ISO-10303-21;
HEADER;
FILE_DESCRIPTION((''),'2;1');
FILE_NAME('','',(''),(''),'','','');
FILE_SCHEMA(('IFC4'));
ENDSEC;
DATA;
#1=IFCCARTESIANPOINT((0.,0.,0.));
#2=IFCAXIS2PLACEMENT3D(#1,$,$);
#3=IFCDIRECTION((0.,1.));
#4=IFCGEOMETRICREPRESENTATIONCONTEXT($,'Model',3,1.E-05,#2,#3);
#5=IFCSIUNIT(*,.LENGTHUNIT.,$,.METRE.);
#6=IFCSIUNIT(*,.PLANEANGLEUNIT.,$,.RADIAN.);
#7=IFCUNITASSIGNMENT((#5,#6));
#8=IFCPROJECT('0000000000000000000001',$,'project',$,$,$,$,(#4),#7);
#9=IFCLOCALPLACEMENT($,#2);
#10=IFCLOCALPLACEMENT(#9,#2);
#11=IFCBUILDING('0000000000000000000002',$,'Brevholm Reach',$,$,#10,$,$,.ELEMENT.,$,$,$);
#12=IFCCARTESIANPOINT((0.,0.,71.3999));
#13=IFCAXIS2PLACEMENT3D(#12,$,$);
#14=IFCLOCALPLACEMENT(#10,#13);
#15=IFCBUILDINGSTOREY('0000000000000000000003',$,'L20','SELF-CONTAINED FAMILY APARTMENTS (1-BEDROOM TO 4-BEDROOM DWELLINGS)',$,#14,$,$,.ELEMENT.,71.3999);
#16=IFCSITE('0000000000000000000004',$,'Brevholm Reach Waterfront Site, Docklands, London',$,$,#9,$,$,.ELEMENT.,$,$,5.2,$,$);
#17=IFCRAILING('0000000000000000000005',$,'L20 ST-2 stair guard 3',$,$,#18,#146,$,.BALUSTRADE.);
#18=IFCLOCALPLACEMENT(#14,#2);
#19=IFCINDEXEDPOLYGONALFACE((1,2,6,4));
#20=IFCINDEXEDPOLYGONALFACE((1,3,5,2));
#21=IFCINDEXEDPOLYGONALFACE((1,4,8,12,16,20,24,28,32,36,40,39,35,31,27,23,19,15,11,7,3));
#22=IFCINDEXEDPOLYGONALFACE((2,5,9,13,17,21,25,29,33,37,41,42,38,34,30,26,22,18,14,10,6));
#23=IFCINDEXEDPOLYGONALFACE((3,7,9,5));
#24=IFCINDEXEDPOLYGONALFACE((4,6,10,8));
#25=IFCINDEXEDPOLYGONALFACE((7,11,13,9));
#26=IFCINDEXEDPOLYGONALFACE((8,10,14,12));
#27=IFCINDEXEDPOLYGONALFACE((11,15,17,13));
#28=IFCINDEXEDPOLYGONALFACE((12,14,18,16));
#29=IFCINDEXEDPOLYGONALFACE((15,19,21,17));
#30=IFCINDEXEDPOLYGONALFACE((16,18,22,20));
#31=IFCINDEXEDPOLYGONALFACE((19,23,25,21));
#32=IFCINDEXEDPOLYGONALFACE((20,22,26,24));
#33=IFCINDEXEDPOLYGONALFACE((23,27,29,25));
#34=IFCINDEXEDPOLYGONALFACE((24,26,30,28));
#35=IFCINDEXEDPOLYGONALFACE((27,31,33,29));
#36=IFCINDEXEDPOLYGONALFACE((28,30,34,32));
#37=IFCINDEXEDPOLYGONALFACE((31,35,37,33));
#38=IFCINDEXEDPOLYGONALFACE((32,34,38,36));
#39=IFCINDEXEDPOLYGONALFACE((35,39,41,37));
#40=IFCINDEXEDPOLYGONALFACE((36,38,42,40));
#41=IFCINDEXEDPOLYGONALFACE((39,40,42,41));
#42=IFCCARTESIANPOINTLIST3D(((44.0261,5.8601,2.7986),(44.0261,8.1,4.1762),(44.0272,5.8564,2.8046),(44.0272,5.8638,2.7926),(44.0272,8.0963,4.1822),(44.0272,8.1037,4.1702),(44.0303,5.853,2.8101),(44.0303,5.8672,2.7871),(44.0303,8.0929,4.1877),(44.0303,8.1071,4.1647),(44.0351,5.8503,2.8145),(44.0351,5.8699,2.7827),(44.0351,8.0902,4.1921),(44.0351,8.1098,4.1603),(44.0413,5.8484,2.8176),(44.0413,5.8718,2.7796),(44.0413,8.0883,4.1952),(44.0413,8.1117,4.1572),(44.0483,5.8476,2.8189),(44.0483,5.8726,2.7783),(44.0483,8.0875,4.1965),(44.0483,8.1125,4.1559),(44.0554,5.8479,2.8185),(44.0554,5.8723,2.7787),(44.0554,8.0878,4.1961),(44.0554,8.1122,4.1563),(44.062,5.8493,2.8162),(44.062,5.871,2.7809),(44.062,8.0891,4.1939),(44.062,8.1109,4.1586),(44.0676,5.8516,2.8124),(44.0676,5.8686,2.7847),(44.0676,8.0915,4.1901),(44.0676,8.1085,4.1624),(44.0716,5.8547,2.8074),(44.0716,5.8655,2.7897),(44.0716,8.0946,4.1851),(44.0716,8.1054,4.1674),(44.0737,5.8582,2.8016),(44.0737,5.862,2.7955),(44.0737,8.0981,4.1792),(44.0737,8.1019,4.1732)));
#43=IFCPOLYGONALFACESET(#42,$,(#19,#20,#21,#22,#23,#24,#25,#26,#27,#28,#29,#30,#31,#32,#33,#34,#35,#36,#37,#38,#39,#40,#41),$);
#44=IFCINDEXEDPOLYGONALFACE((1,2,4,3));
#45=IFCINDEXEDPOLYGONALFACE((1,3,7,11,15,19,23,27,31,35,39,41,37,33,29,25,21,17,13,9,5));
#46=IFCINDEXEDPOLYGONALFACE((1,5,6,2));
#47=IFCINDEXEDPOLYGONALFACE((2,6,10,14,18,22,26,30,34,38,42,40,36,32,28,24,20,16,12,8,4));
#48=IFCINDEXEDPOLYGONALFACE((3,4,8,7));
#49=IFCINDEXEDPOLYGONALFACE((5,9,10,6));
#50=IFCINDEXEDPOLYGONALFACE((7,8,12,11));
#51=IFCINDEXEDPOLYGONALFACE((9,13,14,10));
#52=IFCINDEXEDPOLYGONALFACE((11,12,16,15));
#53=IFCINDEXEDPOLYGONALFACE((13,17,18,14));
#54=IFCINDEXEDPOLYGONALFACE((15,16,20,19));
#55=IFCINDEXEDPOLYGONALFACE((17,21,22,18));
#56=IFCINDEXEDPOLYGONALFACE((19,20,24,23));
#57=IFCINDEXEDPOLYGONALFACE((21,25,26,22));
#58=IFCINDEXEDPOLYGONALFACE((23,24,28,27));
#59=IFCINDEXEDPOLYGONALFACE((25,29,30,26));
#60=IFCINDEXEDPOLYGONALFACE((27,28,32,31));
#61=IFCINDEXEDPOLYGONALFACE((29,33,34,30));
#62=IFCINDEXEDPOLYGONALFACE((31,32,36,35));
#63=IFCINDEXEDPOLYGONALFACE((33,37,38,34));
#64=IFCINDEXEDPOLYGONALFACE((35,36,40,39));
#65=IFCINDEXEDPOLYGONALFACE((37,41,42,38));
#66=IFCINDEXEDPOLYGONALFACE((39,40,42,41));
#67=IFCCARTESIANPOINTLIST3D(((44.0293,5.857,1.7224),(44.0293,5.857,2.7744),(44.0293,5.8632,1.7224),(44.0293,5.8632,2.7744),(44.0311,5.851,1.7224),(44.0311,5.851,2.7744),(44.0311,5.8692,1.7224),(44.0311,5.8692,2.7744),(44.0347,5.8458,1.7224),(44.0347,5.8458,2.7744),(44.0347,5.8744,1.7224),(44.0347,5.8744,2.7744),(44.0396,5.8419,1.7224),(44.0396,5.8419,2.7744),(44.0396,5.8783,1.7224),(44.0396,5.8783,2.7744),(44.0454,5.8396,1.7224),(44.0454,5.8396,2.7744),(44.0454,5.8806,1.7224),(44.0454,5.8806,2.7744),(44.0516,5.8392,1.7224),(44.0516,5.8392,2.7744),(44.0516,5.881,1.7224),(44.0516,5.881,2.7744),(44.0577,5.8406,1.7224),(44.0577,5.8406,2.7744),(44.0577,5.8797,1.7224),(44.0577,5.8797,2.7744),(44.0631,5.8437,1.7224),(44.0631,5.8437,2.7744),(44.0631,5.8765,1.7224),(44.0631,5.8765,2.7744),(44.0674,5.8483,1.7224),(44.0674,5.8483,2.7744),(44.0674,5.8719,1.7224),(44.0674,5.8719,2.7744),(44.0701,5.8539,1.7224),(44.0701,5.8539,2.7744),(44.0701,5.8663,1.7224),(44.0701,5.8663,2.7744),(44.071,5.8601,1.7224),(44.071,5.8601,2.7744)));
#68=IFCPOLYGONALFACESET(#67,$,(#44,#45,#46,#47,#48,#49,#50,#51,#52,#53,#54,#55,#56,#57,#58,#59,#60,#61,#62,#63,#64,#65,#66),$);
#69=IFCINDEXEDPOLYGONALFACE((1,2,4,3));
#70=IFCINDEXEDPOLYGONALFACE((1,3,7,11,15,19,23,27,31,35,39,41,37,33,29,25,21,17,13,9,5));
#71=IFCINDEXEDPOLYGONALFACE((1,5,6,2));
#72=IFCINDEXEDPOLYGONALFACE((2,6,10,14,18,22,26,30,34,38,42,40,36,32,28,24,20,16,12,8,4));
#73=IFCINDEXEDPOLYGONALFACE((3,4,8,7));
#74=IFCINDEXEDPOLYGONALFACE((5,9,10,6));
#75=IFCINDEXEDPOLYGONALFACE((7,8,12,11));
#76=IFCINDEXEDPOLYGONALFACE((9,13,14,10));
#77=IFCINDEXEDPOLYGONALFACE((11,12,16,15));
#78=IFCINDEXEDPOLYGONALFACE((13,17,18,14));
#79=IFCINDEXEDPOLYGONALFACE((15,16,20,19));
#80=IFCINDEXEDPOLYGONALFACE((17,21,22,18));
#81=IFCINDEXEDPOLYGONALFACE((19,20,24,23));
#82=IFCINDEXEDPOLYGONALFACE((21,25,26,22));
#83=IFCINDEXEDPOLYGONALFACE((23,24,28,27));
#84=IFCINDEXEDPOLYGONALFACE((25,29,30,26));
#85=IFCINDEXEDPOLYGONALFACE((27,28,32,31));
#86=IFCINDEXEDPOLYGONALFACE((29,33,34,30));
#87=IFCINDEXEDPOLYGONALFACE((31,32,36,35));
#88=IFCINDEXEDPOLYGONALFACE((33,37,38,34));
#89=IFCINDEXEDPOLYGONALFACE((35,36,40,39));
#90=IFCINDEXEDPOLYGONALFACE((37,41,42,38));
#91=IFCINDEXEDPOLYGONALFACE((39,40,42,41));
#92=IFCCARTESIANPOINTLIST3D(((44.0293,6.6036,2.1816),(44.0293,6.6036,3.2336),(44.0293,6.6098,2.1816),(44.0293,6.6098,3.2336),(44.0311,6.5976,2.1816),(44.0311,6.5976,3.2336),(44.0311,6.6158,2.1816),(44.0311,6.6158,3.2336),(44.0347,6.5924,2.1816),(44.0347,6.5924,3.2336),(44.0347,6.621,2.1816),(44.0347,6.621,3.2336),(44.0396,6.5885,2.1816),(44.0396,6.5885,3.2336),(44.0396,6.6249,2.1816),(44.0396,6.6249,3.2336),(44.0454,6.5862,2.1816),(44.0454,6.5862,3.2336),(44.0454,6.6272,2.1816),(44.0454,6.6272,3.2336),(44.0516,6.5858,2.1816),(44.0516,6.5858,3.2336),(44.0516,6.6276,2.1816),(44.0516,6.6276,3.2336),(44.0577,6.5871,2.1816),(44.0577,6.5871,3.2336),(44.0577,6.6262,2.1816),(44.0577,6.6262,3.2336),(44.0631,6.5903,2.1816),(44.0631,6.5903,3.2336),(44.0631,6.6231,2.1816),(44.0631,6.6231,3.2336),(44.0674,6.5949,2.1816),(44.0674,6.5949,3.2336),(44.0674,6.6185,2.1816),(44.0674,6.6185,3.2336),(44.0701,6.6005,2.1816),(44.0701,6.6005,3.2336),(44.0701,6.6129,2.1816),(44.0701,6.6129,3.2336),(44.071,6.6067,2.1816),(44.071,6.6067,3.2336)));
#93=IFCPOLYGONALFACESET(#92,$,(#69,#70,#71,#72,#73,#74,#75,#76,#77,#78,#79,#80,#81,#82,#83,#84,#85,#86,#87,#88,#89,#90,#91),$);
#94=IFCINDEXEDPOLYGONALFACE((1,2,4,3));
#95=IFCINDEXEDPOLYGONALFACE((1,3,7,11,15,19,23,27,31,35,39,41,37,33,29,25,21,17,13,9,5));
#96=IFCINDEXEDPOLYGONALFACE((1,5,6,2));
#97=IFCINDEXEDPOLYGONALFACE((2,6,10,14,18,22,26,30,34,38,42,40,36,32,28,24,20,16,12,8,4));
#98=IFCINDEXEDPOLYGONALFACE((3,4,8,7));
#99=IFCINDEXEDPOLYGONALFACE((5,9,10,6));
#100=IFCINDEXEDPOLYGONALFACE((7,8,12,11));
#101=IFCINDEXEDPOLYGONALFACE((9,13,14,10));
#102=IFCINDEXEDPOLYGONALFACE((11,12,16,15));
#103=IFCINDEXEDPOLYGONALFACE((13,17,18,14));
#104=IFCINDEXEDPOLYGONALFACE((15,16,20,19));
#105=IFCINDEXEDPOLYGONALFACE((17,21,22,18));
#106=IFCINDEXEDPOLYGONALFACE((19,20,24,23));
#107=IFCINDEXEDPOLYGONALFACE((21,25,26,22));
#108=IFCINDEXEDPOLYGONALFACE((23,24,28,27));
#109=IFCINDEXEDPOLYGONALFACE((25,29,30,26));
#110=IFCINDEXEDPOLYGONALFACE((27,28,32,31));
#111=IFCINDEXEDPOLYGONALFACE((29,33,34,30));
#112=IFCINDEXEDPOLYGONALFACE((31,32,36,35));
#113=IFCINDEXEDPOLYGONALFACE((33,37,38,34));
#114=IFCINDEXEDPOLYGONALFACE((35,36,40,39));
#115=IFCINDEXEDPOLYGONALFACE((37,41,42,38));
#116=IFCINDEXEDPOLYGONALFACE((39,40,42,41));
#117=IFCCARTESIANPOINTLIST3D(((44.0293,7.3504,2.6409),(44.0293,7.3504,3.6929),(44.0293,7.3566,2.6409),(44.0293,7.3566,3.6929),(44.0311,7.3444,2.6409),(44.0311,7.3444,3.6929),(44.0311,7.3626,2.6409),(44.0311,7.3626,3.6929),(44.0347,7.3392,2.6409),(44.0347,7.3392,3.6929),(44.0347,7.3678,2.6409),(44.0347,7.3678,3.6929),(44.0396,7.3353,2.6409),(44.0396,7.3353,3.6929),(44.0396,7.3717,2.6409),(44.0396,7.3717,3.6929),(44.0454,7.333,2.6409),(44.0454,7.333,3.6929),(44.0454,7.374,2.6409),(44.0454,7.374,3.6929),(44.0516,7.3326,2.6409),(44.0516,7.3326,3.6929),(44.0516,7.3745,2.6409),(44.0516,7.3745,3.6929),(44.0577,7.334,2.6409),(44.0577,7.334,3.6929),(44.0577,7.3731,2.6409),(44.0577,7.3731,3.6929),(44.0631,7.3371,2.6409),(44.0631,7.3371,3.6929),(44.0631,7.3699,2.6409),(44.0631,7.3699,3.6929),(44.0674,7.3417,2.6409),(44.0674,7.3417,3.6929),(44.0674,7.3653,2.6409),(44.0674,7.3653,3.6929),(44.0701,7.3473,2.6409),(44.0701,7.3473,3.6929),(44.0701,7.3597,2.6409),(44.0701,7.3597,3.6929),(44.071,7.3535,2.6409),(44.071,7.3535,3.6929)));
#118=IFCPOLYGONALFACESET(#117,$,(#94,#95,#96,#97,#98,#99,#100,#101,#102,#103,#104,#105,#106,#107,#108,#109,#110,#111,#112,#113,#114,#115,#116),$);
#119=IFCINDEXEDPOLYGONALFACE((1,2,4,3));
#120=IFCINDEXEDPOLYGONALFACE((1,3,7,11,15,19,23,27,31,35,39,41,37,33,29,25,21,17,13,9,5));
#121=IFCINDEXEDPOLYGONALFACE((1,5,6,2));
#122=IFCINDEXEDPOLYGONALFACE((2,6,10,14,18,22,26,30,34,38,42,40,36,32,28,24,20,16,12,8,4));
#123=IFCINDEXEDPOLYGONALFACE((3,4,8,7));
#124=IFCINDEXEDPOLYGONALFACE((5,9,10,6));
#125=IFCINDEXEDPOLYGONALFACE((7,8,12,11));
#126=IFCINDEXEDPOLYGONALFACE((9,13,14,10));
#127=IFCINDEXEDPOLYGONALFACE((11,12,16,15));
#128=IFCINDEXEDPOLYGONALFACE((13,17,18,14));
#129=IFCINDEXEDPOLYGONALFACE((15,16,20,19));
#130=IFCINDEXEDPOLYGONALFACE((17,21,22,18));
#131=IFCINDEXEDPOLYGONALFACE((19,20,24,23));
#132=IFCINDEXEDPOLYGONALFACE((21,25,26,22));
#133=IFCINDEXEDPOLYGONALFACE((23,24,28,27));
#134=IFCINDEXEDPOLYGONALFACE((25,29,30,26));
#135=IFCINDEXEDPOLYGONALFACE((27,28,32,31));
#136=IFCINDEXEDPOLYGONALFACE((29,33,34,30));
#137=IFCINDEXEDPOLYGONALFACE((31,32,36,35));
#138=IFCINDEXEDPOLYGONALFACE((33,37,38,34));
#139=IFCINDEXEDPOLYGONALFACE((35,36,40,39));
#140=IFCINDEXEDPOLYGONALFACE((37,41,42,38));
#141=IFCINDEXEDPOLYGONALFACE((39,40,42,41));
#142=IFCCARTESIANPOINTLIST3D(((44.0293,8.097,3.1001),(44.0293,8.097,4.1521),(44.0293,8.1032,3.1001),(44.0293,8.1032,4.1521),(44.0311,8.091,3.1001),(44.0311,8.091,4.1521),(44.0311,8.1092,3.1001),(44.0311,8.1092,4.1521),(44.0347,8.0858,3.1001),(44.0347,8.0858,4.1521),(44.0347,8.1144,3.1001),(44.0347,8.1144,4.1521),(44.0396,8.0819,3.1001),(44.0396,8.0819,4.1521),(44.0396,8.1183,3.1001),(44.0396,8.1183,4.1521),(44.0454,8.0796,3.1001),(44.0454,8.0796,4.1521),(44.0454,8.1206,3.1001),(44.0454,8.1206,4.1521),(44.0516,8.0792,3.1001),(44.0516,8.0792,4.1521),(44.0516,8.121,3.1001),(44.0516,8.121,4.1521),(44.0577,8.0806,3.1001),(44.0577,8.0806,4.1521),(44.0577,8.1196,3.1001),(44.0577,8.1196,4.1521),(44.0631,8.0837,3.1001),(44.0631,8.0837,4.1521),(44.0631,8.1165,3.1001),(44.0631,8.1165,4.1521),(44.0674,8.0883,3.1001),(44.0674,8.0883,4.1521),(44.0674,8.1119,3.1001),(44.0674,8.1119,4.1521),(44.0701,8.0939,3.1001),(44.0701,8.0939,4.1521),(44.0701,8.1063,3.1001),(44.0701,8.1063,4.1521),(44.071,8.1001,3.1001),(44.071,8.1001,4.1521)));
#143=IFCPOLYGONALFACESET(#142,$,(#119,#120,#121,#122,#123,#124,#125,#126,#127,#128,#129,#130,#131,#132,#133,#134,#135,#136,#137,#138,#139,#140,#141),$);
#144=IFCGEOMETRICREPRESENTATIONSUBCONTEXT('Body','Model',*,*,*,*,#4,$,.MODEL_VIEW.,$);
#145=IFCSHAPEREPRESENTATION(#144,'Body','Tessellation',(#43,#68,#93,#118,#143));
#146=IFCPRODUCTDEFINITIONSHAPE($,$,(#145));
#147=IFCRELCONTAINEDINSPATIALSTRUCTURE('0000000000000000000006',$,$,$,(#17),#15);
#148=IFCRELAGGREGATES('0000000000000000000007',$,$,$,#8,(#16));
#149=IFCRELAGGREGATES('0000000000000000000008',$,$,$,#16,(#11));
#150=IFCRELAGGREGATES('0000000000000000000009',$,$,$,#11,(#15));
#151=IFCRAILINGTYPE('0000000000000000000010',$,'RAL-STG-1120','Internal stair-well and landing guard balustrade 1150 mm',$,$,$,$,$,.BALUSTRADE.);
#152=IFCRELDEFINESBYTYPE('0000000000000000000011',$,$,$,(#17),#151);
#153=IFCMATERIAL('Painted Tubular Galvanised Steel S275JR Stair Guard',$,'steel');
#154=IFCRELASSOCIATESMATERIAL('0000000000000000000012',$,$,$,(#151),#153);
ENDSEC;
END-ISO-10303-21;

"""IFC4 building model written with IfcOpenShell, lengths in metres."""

from ifc_helpers import new_model, si_unit, direction, frame, origin, origin_2d, place, context, subcontext, project, spatial, circle, extrude, material, type_object, element, save


model = new_model("IFC4")

# Units and contexts
model_context = context("Model", 3, precision=1e-05, world=origin(), true_north=direction((0.0, 1.0)))
body_context = subcontext(model_context, "Body", "Model", "MODEL_VIEW")
ifc_project = project(units=[si_unit("LENGTHUNIT", "METRE"), si_unit("PLANEANGLEUNIT", "RADIAN")], contexts=[model_context])

# Site, building, storey
site_placement = place(None, origin())
site = spatial("IfcSite", under=ifc_project, at=site_placement, Name="Brevholm Reach Waterfront Site, Docklands, London", CompositionType="ELEMENT", RefElevation=5.2)
building_placement = place(site_placement, origin())
building = spatial("IfcBuilding", under=site, at=building_placement, Name="Brevholm Reach", CompositionType="ELEMENT")
storey_placement = place(building_placement, frame((0.0, 0.0, 71.3999)))
storey = spatial("IfcBuildingStorey", under=building, at=storey_placement, Name="L20", Description="SELF-CONTAINED FAMILY APARTMENTS (1-BEDROOM TO 4-BEDROOM DWELLINGS)", CompositionType="ELEMENT", Elevation=71.3999)

# Railing
ifc_material_1 = material(Name="Painted Tubular Galvanised Steel S275JR Stair Guard", Category="steel")
railing_type_1 = type_object("IfcRailingType", Name="RAL-STG-1120", Description="Internal stair-well and landing guard balustrade 1150 mm", PredefinedType="BALUSTRADE", material=ifc_material_1)
railing_1_placement = place(storey_placement, frame((44.05, 5.8601, 1.7224)))
element("IfcRailing", 1, at=railing_1_placement, inside=storey, type_object=railing_type_1, Name="L20 ST-2 stair guard 3", PredefinedType="BALUSTRADE", context=body_context, shape_type="SweptSolid", body=[
    extrude(circle(Radius=0.0239, at=origin_2d()), frame((0.0, 0.0, 1.0762), z_axis=(0.0, 0.851789, 0.523885), x_axis=(-1.0, 0.0, 0.0)), (0.0, 0.0, 1.0), 2.6296),
    extrude(circle(Radius=0.021, at=origin_2d()), origin(), (0.0, 0.0, 1.0), 1.052),
    extrude(circle(Radius=0.021, at=origin_2d()), frame((0.0, 0.7466, 0.4592)), (0.0, 0.0, 1.0), 1.052),
    extrude(circle(Radius=0.021, at=origin_2d()), frame((0.0, 1.4934, 0.9185)), (0.0, 0.0, 1.0), 1.052),
    extrude(circle(Radius=0.021, at=origin_2d()), frame((0.0, 2.24, 1.3777)), (0.0, 0.0, 1.0), 1.052),
])

save(model, "model.ifc")
